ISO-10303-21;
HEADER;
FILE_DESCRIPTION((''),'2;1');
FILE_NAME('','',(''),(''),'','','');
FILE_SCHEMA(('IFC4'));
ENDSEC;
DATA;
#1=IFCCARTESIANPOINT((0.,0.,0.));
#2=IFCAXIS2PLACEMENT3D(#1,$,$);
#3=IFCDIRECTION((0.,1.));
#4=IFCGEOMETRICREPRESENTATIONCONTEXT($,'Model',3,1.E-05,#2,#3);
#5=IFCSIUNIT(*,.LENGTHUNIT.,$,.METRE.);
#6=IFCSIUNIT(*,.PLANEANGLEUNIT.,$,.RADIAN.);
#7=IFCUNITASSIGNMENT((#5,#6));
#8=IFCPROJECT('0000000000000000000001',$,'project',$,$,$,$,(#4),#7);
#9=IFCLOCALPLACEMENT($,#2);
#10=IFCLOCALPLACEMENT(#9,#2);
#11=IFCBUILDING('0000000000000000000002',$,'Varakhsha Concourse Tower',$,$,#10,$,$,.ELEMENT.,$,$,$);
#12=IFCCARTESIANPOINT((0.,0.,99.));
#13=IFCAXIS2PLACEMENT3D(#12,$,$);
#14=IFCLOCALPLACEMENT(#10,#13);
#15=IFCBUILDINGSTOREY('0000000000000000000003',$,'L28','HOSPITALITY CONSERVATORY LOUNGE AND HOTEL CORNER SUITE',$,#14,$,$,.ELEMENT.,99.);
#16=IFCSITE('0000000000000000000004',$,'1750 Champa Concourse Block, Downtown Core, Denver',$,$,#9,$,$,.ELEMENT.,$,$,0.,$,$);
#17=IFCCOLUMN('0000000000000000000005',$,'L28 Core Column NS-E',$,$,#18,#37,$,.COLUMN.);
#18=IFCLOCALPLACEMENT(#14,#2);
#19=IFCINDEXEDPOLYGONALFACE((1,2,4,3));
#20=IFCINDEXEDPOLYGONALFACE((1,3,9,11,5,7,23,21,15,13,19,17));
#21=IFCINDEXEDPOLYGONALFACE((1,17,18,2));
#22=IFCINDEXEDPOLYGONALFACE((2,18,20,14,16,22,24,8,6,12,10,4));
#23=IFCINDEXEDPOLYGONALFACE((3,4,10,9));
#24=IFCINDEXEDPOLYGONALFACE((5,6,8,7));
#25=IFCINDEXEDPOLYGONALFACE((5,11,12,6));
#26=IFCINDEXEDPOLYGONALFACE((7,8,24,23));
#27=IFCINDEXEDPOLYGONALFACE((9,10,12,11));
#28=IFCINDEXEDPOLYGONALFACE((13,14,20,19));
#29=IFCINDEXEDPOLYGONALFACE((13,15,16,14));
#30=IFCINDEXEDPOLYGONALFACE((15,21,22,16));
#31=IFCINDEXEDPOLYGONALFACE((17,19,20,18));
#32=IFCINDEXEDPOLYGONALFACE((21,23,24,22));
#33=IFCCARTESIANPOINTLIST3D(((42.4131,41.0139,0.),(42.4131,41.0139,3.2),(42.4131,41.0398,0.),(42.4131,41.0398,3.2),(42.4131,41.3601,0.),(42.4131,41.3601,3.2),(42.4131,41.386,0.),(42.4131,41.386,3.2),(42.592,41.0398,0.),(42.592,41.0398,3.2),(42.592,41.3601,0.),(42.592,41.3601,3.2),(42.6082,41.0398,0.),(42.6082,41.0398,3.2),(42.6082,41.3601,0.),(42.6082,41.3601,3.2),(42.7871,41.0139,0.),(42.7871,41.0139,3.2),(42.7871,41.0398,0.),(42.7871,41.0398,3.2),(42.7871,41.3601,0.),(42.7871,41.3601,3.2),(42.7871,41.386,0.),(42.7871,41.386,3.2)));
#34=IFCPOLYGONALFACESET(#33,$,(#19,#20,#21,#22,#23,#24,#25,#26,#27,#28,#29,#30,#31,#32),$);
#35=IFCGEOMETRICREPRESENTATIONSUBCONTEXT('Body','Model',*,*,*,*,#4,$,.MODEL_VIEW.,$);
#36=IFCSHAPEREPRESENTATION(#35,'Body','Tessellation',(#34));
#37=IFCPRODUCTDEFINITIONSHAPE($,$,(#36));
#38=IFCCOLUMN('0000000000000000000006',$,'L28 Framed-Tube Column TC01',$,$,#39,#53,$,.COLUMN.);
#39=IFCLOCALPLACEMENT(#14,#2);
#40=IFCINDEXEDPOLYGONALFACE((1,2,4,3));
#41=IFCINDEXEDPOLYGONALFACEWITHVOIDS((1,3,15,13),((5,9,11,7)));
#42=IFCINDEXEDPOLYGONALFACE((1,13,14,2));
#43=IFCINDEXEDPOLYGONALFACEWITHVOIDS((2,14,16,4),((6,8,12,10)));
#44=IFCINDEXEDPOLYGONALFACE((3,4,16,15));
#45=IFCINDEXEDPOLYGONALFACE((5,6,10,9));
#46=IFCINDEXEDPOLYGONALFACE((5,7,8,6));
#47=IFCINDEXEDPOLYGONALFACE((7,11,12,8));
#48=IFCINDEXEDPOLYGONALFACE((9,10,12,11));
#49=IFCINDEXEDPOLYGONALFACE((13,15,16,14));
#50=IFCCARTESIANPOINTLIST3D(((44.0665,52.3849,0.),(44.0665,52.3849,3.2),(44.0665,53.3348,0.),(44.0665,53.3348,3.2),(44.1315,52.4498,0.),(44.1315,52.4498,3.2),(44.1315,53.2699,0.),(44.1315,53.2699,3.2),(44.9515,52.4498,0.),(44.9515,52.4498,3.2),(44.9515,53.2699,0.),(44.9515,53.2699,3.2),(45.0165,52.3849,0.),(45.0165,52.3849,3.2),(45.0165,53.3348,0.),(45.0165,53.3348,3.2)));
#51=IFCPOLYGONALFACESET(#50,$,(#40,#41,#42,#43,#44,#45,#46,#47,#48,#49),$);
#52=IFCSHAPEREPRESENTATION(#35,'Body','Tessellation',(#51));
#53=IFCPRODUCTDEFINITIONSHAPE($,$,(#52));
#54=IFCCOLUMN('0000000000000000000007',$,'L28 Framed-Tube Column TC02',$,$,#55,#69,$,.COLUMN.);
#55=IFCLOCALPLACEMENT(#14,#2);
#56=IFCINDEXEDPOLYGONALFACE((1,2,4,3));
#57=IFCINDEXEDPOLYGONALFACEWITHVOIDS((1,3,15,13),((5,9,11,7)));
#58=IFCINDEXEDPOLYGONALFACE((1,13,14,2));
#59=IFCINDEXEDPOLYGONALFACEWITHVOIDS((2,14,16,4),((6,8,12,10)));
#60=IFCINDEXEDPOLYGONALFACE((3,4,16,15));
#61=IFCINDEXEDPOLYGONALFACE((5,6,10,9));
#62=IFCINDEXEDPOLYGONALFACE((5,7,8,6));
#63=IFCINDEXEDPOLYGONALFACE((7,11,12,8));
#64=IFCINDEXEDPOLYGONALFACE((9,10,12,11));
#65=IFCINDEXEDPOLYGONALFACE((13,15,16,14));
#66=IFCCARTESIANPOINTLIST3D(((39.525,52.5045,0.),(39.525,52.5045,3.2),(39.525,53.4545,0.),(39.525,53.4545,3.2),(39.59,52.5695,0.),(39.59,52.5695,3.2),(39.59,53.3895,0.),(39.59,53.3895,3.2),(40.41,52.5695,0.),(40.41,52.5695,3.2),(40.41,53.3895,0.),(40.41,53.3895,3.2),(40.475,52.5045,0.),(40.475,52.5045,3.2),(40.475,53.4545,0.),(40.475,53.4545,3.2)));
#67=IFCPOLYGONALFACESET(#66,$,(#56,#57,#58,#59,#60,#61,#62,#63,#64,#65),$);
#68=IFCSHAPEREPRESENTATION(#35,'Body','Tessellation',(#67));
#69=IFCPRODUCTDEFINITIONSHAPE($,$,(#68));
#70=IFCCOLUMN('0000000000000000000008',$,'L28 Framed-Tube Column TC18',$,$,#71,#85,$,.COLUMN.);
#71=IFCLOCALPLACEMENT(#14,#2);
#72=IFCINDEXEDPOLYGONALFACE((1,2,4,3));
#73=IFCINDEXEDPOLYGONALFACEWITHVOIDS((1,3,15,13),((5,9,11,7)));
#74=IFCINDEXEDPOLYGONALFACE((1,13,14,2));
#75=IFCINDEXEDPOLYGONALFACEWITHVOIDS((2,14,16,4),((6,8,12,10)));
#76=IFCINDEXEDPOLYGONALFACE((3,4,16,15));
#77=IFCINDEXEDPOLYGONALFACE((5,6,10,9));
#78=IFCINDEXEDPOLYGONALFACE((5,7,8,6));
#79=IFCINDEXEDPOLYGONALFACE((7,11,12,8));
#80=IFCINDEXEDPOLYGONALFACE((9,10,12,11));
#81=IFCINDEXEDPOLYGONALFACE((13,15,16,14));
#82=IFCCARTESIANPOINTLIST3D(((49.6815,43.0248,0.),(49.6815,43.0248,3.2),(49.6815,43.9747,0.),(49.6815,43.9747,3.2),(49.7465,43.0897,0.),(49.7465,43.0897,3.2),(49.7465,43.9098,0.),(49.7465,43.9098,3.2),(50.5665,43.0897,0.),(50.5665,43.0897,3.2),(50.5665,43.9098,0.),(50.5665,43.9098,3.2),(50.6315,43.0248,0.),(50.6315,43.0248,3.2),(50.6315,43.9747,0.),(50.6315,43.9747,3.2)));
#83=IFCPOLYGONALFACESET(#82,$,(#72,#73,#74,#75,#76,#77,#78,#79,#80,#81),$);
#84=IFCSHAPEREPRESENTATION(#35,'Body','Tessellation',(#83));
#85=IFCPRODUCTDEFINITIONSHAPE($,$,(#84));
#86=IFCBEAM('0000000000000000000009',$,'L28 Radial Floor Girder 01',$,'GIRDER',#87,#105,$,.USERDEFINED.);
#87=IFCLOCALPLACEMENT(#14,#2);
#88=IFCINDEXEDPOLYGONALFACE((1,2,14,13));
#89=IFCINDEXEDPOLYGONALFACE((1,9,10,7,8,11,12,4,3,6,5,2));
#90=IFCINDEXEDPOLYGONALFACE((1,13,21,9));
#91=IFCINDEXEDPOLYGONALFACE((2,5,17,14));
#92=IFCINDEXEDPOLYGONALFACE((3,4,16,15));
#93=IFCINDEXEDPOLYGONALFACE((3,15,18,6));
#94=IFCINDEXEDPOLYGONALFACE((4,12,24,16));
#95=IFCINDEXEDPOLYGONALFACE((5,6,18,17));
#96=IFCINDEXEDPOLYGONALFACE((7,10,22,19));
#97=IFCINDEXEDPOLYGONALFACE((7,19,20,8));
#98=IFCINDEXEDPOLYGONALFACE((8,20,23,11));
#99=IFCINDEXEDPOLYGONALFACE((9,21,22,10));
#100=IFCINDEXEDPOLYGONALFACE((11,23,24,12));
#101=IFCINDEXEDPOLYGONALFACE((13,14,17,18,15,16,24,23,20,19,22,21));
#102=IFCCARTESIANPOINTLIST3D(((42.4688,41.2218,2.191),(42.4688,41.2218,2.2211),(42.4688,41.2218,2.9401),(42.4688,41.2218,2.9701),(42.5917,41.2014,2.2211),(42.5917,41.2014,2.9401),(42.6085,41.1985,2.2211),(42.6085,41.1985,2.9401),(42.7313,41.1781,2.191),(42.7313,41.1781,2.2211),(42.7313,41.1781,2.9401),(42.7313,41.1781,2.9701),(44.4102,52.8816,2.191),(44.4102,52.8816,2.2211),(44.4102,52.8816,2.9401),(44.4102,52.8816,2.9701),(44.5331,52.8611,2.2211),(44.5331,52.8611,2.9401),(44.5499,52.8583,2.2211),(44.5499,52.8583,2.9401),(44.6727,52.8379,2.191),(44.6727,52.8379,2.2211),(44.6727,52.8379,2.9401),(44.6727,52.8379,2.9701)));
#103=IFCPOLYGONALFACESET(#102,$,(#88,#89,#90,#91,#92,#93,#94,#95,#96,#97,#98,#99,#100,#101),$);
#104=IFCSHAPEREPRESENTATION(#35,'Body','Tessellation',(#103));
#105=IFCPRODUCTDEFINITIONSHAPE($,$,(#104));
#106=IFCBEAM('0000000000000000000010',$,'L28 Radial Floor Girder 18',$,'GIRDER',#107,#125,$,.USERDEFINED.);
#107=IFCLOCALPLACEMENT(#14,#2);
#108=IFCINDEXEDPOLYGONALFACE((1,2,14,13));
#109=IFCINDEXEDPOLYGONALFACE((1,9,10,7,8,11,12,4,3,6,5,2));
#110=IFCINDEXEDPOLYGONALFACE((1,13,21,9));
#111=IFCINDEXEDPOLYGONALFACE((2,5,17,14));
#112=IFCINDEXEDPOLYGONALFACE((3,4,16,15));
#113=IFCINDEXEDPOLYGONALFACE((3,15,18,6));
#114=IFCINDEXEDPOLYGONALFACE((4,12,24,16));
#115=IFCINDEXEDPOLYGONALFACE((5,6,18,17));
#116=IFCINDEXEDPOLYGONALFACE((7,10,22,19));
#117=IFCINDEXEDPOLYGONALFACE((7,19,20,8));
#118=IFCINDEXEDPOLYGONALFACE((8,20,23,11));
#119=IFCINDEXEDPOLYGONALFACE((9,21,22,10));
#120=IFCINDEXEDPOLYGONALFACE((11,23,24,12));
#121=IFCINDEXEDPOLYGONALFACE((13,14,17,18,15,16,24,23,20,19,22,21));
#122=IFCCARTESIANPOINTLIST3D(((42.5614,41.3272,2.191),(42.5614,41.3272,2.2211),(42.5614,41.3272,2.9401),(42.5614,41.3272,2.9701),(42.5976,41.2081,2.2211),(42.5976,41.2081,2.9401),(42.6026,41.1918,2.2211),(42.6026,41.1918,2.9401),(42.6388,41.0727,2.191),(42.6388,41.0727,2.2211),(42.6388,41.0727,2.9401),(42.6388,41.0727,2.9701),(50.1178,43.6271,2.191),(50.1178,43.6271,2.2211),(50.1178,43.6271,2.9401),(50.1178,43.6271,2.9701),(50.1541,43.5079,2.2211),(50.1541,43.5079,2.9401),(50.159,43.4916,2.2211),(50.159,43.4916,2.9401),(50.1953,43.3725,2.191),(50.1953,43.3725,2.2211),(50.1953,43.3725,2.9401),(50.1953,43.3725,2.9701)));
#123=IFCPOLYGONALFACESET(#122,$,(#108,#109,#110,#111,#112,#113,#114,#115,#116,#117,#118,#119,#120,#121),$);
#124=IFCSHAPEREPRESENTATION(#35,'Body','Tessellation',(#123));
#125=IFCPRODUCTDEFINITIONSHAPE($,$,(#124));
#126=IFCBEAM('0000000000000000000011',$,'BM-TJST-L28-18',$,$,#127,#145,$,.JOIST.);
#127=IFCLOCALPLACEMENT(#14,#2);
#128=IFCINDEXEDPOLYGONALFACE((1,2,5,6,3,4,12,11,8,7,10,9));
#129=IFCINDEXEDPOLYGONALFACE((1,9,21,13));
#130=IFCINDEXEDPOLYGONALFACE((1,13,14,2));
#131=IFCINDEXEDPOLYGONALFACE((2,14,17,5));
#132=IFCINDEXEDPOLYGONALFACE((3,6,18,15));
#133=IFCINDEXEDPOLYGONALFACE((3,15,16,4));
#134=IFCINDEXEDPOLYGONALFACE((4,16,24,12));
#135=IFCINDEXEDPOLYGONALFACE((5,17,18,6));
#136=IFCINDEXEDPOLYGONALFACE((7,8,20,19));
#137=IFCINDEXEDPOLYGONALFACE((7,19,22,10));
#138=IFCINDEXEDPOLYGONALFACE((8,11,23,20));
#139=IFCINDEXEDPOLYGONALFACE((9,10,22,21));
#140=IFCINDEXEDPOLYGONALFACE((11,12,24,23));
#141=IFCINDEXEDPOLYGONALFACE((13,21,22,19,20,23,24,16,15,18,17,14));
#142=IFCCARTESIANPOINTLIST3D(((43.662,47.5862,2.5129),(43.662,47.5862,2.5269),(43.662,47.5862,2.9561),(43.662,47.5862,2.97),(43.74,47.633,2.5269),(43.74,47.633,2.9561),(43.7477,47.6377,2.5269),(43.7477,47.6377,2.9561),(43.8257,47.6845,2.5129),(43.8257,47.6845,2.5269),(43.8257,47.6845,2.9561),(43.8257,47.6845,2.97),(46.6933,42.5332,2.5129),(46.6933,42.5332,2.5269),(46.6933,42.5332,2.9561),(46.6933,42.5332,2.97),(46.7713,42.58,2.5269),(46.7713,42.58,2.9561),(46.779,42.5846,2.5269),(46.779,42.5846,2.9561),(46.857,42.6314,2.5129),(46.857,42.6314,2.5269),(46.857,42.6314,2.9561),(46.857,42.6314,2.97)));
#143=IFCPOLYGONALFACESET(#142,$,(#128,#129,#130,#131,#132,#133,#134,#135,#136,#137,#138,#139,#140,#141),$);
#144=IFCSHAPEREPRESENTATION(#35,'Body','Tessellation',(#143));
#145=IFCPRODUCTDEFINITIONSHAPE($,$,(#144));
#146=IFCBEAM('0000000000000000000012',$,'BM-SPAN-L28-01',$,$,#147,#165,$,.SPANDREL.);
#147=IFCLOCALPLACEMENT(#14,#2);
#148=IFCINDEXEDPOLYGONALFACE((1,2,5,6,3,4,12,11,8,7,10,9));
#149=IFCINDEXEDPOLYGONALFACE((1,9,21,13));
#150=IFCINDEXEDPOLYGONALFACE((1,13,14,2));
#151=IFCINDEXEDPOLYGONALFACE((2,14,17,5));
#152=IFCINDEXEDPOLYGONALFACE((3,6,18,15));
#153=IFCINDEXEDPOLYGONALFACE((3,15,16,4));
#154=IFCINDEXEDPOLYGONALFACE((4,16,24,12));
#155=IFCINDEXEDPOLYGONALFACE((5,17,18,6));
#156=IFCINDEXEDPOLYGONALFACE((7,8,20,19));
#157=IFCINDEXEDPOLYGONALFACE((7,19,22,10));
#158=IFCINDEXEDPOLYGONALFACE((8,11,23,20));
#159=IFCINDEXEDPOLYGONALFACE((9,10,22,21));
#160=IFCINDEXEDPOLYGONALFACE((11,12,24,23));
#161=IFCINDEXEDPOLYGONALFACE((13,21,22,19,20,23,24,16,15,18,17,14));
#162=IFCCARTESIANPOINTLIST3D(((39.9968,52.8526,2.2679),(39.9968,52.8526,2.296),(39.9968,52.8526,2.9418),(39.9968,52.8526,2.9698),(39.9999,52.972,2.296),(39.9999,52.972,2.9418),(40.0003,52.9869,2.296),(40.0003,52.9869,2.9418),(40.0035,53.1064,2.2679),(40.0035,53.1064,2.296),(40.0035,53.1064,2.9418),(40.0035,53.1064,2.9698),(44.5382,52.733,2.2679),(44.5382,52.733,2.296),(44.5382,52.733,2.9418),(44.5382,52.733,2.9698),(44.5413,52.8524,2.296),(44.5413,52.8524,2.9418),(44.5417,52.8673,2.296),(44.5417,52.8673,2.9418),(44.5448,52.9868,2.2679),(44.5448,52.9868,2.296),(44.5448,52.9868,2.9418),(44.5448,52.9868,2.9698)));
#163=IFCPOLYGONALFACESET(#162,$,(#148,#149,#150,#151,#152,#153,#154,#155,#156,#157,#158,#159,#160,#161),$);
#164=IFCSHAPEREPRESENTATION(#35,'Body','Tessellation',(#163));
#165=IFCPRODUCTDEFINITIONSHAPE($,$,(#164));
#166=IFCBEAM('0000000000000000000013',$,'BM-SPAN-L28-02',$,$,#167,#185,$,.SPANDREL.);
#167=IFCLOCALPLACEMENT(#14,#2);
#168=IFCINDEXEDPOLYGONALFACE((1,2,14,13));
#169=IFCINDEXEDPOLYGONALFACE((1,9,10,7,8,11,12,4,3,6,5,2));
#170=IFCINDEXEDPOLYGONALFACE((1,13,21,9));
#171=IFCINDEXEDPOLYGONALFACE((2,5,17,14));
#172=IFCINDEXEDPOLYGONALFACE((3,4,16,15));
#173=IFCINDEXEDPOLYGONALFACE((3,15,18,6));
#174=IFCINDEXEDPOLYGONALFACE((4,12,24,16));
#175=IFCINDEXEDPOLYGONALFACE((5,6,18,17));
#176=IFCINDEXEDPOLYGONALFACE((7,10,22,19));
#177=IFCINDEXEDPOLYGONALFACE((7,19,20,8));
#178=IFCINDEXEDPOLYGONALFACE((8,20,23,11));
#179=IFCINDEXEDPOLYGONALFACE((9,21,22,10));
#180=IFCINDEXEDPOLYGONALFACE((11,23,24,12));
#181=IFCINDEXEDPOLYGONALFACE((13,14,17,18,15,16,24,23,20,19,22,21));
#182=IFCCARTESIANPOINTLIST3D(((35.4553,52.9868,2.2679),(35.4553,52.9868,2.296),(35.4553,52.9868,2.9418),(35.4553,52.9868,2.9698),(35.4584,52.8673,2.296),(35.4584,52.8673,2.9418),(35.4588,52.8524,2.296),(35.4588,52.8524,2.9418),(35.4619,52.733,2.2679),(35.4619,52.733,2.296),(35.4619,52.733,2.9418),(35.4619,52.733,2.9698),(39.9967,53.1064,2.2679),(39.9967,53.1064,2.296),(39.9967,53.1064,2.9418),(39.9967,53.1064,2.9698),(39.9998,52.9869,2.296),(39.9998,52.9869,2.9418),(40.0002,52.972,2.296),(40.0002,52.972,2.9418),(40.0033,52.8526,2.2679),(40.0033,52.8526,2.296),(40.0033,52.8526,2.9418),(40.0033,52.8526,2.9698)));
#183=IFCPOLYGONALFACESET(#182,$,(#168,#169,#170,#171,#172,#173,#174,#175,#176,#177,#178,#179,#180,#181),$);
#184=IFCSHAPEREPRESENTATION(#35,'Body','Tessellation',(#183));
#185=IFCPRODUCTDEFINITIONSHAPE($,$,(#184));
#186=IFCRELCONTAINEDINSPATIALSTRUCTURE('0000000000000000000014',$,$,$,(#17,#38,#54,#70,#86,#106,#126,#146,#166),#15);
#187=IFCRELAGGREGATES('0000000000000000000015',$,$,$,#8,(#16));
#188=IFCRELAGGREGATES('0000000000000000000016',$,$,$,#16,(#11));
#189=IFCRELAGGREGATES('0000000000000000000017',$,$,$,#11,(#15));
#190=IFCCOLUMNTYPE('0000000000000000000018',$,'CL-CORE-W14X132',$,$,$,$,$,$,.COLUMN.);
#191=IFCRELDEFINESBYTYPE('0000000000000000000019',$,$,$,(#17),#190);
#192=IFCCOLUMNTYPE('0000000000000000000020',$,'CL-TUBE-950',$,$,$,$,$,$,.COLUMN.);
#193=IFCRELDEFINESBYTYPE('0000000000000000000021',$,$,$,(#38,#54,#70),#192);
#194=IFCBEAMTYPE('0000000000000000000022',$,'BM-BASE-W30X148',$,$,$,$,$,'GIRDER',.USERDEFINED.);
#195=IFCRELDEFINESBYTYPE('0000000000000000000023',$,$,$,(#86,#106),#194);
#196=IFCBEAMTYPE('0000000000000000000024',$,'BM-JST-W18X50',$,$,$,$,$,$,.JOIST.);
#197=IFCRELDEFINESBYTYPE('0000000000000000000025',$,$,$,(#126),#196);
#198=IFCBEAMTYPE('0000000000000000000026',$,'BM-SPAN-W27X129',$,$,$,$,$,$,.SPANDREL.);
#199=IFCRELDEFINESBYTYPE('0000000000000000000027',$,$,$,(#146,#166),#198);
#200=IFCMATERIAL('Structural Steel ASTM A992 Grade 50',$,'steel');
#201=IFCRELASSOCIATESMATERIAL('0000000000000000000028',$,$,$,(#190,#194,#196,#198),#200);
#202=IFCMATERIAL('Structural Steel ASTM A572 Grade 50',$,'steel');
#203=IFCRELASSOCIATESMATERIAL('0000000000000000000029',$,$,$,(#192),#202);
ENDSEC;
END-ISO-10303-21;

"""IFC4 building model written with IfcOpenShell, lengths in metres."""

from ifc_helpers import new_model, si_unit, direction, frame, origin, origin_2d, place, context, subcontext, project, spatial, hollow_rectangle, i_section, extrude, material, material_profile, profile_set, type_object, element, save


model = new_model("IFC4")

# Units and contexts
model_context = context("Model", 3, precision=1e-05, world=origin(), true_north=direction((0.0, 1.0)))
body_context = subcontext(model_context, "Body", "Model", "MODEL_VIEW")
ifc_project = project(units=[si_unit("LENGTHUNIT", "METRE"), si_unit("PLANEANGLEUNIT", "RADIAN")], contexts=[model_context])

# Site, building, storey
site_placement = place(None, origin())
site = spatial("IfcSite", under=ifc_project, at=site_placement, Name="1750 Champa Concourse Block, Downtown Core, Denver", CompositionType="ELEMENT", RefElevation=0.0)
building_placement = place(site_placement, origin())
building = spatial("IfcBuilding", under=site, at=building_placement, Name="Varakhsha Concourse Tower", CompositionType="ELEMENT")
storey_placement = place(building_placement, frame((0.0, 0.0, 99.0)))
storey = spatial("IfcBuildingStorey", under=building, at=storey_placement, Name="L28", Description="HOSPITALITY CONSERVATORY LOUNGE AND HOTEL CORNER SUITE", CompositionType="ELEMENT", Elevation=99.0)

# Columns
ifc_material_1 = material(Name="Structural Steel ASTM A992 Grade 50", Category="steel")
ifc_material_profile_1 = material_profile(ifc_material_1, i_section(OverallWidth=0.374, OverallDepth=0.3721, WebThickness=0.0161, FlangeThickness=0.0259, at=origin_2d()), Name="W14X132")
ifc_profile_set_1 = profile_set([ifc_material_profile_1], Name="Structural Steel ASTM A992 Grade 50")
column_type_1 = type_object("IfcColumnType", Name="CL-CORE-W14X132", PredefinedType="COLUMN", material=ifc_profile_set_1)
column_placement = place(storey_placement, frame((42.6001, 41.2, 0.0), z_axis=(0.0, 0.0, 1.0), x_axis=(1.0, 0.0, 0.0)))
element("IfcColumn", 1, at=column_placement, inside=storey, type_object=column_type_1, Name="L28 Core Column NS-E", PredefinedType="COLUMN", context=body_context, shape_type="SweptSolid", body=[
    extrude(i_section(OverallWidth=0.374, OverallDepth=0.3721, WebThickness=0.0161, FlangeThickness=0.0259, at=origin_2d()), origin(), (0.0, 0.0, 1.0), 3.2),
])
ifc_material_2 = material(Name="Structural Steel ASTM A572 Grade 50", Category="steel")
ifc_material_profile_2 = material_profile(ifc_material_2, hollow_rectangle(XDim=0.95, YDim=0.95, WallThickness=0.0649, at=origin_2d()), Name="BOX 950x950x65")
ifc_profile_set_2 = profile_set([ifc_material_profile_2], Name="Structural Steel ASTM A572 Grade 50")
column_type_2 = type_object("IfcColumnType", Name="CL-TUBE-950", PredefinedType="COLUMN", material=ifc_profile_set_2)
for number, where, z_axis, x_axis, name in (
    (2, (44.5415, 52.8599, 0.0), (0.0, 0.0, 1.0), (1.0, 0.0, 0.0), "L28 Framed-Tube Column TC01"),
    (3, (40.0, 52.9795, 0.0), (0.0, 0.0, 1.0), (1.0, 0.0, 0.0), "L28 Framed-Tube Column TC02"),
    (4, (50.1565, 43.4998, 0.0), (0.0, 0.0, 1.0), (1.0, 0.0, 0.0), "L28 Framed-Tube Column TC18"),
):
    element("IfcColumn", number, at=place(storey_placement, frame(where, z_axis=z_axis, x_axis=x_axis)), inside=storey, type_object=column_type_2, Name=name, PredefinedType="COLUMN", context=body_context, shape_type="SweptSolid", body=[
        extrude(hollow_rectangle(XDim=0.95, YDim=0.95, WallThickness=0.0649, at=origin_2d()), origin(), (0.0, 0.0, 1.0), 3.2),
    ])

# Beams
ifc_material_profile_3 = material_profile(ifc_material_1, i_section(OverallWidth=0.2661, OverallDepth=0.7791, WebThickness=0.0171, FlangeThickness=0.03, at=origin_2d()), Name="W30X148")
ifc_profile_set_3 = profile_set([ifc_material_profile_3], Name="Structural Steel ASTM A992 Grade 50")
beam_type_1 = type_object("IfcBeamType", Name="BM-BASE-W30X148", ElementType="GIRDER", PredefinedType="USERDEFINED", material=ifc_profile_set_3)
beam_1_placement = place(storey_placement, frame((42.6001, 41.2, 2.5806), z_axis=(0.164242, 0.98642, 0.0), x_axis=(-0.98642, 0.164242, 0.0)))
element("IfcBeam", 5, at=beam_1_placement, inside=storey, type_object=beam_type_1, Name="L28 Radial Floor Girder 01", ObjectType="GIRDER", PredefinedType="USERDEFINED", context=body_context, shape_type="SweptSolid", body=[
    extrude(i_section(OverallWidth=0.2661, OverallDepth=0.7791, WebThickness=0.0171, FlangeThickness=0.03, at=origin_2d()), origin(), (0.0, 0.0, 1.0), 11.8203),
])
beam_2_placement = place(storey_placement, frame((42.6001, 41.2, 2.5806), z_axis=(0.956673, 0.291165, 0.0), x_axis=(-0.291165, 0.956673, 0.0)))
element("IfcBeam", 6, at=beam_2_placement, inside=storey, type_object=beam_type_1, Name="L28 Radial Floor Girder 18", ObjectType="GIRDER", PredefinedType="USERDEFINED", context=body_context, shape_type="SweptSolid", body=[
    extrude(i_section(OverallWidth=0.2661, OverallDepth=0.7791, WebThickness=0.0171, FlangeThickness=0.03, at=origin_2d()), origin(), (0.0, 0.0, 1.0), 7.8987),
])
ifc_material_profile_4 = material_profile(ifc_material_1, i_section(OverallWidth=0.1909, OverallDepth=0.457, WebThickness=0.009, FlangeThickness=0.0139, at=origin_2d()), Name="W18X50")
ifc_profile_set_4 = profile_set([ifc_material_profile_4], Name="Structural Steel ASTM A992 Grade 50")
beam_type_2 = type_object("IfcBeamType", Name="BM-JST-W18X50", PredefinedType="JOIST", material=ifc_profile_set_4)
beam_3_placement = place(storey_placement, frame((46.7751, 42.5823, 2.7415), z_axis=(-0.514429, 0.857533, 0.0), x_axis=(-0.857533, -0.514429, 0.0)))
element("IfcBeam", 7, at=beam_3_placement, inside=storey, type_object=beam_type_2, Name="BM-TJST-L28-18", PredefinedType="JOIST", context=body_context, shape_type="SweptSolid", body=[
    extrude(i_section(OverallWidth=0.1909, OverallDepth=0.457, WebThickness=0.009, FlangeThickness=0.0139, at=origin_2d()), origin(), (0.0, 0.0, 1.0), 5.8926),
])
ifc_material_profile_5 = material_profile(ifc_material_1, i_section(OverallWidth=0.2539, OverallDepth=0.7019, WebThickness=0.0149, FlangeThickness=0.0281, at=origin_2d()), Name="W27X129")
ifc_profile_set_5 = profile_set([ifc_material_profile_5], Name="Structural Steel ASTM A992 Grade 50")
beam_type_3 = type_object("IfcBeamType", Name="BM-SPAN-W27X129", PredefinedType="SPANDREL", material=ifc_profile_set_5)
for number, where, z_axis, x_axis, name in (
    (8, (44.5415, 52.8599, 2.6189), (-0.999653, 0.026332, 0.0), (-0.026332, -0.999653, 0.0), "BM-SPAN-L28-01"),
    (9, (40.0, 52.9795, 2.6189), (-0.999653, -0.026332, 0.0), (0.026332, -0.999653, 0.0), "BM-SPAN-L28-02"),
):
    element("IfcBeam", number, at=place(storey_placement, frame(where, z_axis=z_axis, x_axis=x_axis)), inside=storey, type_object=beam_type_3, Name=name, PredefinedType="SPANDREL", context=body_context, shape_type="SweptSolid", body=[
        extrude(i_section(OverallWidth=0.2539, OverallDepth=0.7019, WebThickness=0.0149, FlangeThickness=0.0281, at=origin_2d()), origin(), (0.0, 0.0, 1.0), 4.543),
    ])

save(model, "model.ifc")
